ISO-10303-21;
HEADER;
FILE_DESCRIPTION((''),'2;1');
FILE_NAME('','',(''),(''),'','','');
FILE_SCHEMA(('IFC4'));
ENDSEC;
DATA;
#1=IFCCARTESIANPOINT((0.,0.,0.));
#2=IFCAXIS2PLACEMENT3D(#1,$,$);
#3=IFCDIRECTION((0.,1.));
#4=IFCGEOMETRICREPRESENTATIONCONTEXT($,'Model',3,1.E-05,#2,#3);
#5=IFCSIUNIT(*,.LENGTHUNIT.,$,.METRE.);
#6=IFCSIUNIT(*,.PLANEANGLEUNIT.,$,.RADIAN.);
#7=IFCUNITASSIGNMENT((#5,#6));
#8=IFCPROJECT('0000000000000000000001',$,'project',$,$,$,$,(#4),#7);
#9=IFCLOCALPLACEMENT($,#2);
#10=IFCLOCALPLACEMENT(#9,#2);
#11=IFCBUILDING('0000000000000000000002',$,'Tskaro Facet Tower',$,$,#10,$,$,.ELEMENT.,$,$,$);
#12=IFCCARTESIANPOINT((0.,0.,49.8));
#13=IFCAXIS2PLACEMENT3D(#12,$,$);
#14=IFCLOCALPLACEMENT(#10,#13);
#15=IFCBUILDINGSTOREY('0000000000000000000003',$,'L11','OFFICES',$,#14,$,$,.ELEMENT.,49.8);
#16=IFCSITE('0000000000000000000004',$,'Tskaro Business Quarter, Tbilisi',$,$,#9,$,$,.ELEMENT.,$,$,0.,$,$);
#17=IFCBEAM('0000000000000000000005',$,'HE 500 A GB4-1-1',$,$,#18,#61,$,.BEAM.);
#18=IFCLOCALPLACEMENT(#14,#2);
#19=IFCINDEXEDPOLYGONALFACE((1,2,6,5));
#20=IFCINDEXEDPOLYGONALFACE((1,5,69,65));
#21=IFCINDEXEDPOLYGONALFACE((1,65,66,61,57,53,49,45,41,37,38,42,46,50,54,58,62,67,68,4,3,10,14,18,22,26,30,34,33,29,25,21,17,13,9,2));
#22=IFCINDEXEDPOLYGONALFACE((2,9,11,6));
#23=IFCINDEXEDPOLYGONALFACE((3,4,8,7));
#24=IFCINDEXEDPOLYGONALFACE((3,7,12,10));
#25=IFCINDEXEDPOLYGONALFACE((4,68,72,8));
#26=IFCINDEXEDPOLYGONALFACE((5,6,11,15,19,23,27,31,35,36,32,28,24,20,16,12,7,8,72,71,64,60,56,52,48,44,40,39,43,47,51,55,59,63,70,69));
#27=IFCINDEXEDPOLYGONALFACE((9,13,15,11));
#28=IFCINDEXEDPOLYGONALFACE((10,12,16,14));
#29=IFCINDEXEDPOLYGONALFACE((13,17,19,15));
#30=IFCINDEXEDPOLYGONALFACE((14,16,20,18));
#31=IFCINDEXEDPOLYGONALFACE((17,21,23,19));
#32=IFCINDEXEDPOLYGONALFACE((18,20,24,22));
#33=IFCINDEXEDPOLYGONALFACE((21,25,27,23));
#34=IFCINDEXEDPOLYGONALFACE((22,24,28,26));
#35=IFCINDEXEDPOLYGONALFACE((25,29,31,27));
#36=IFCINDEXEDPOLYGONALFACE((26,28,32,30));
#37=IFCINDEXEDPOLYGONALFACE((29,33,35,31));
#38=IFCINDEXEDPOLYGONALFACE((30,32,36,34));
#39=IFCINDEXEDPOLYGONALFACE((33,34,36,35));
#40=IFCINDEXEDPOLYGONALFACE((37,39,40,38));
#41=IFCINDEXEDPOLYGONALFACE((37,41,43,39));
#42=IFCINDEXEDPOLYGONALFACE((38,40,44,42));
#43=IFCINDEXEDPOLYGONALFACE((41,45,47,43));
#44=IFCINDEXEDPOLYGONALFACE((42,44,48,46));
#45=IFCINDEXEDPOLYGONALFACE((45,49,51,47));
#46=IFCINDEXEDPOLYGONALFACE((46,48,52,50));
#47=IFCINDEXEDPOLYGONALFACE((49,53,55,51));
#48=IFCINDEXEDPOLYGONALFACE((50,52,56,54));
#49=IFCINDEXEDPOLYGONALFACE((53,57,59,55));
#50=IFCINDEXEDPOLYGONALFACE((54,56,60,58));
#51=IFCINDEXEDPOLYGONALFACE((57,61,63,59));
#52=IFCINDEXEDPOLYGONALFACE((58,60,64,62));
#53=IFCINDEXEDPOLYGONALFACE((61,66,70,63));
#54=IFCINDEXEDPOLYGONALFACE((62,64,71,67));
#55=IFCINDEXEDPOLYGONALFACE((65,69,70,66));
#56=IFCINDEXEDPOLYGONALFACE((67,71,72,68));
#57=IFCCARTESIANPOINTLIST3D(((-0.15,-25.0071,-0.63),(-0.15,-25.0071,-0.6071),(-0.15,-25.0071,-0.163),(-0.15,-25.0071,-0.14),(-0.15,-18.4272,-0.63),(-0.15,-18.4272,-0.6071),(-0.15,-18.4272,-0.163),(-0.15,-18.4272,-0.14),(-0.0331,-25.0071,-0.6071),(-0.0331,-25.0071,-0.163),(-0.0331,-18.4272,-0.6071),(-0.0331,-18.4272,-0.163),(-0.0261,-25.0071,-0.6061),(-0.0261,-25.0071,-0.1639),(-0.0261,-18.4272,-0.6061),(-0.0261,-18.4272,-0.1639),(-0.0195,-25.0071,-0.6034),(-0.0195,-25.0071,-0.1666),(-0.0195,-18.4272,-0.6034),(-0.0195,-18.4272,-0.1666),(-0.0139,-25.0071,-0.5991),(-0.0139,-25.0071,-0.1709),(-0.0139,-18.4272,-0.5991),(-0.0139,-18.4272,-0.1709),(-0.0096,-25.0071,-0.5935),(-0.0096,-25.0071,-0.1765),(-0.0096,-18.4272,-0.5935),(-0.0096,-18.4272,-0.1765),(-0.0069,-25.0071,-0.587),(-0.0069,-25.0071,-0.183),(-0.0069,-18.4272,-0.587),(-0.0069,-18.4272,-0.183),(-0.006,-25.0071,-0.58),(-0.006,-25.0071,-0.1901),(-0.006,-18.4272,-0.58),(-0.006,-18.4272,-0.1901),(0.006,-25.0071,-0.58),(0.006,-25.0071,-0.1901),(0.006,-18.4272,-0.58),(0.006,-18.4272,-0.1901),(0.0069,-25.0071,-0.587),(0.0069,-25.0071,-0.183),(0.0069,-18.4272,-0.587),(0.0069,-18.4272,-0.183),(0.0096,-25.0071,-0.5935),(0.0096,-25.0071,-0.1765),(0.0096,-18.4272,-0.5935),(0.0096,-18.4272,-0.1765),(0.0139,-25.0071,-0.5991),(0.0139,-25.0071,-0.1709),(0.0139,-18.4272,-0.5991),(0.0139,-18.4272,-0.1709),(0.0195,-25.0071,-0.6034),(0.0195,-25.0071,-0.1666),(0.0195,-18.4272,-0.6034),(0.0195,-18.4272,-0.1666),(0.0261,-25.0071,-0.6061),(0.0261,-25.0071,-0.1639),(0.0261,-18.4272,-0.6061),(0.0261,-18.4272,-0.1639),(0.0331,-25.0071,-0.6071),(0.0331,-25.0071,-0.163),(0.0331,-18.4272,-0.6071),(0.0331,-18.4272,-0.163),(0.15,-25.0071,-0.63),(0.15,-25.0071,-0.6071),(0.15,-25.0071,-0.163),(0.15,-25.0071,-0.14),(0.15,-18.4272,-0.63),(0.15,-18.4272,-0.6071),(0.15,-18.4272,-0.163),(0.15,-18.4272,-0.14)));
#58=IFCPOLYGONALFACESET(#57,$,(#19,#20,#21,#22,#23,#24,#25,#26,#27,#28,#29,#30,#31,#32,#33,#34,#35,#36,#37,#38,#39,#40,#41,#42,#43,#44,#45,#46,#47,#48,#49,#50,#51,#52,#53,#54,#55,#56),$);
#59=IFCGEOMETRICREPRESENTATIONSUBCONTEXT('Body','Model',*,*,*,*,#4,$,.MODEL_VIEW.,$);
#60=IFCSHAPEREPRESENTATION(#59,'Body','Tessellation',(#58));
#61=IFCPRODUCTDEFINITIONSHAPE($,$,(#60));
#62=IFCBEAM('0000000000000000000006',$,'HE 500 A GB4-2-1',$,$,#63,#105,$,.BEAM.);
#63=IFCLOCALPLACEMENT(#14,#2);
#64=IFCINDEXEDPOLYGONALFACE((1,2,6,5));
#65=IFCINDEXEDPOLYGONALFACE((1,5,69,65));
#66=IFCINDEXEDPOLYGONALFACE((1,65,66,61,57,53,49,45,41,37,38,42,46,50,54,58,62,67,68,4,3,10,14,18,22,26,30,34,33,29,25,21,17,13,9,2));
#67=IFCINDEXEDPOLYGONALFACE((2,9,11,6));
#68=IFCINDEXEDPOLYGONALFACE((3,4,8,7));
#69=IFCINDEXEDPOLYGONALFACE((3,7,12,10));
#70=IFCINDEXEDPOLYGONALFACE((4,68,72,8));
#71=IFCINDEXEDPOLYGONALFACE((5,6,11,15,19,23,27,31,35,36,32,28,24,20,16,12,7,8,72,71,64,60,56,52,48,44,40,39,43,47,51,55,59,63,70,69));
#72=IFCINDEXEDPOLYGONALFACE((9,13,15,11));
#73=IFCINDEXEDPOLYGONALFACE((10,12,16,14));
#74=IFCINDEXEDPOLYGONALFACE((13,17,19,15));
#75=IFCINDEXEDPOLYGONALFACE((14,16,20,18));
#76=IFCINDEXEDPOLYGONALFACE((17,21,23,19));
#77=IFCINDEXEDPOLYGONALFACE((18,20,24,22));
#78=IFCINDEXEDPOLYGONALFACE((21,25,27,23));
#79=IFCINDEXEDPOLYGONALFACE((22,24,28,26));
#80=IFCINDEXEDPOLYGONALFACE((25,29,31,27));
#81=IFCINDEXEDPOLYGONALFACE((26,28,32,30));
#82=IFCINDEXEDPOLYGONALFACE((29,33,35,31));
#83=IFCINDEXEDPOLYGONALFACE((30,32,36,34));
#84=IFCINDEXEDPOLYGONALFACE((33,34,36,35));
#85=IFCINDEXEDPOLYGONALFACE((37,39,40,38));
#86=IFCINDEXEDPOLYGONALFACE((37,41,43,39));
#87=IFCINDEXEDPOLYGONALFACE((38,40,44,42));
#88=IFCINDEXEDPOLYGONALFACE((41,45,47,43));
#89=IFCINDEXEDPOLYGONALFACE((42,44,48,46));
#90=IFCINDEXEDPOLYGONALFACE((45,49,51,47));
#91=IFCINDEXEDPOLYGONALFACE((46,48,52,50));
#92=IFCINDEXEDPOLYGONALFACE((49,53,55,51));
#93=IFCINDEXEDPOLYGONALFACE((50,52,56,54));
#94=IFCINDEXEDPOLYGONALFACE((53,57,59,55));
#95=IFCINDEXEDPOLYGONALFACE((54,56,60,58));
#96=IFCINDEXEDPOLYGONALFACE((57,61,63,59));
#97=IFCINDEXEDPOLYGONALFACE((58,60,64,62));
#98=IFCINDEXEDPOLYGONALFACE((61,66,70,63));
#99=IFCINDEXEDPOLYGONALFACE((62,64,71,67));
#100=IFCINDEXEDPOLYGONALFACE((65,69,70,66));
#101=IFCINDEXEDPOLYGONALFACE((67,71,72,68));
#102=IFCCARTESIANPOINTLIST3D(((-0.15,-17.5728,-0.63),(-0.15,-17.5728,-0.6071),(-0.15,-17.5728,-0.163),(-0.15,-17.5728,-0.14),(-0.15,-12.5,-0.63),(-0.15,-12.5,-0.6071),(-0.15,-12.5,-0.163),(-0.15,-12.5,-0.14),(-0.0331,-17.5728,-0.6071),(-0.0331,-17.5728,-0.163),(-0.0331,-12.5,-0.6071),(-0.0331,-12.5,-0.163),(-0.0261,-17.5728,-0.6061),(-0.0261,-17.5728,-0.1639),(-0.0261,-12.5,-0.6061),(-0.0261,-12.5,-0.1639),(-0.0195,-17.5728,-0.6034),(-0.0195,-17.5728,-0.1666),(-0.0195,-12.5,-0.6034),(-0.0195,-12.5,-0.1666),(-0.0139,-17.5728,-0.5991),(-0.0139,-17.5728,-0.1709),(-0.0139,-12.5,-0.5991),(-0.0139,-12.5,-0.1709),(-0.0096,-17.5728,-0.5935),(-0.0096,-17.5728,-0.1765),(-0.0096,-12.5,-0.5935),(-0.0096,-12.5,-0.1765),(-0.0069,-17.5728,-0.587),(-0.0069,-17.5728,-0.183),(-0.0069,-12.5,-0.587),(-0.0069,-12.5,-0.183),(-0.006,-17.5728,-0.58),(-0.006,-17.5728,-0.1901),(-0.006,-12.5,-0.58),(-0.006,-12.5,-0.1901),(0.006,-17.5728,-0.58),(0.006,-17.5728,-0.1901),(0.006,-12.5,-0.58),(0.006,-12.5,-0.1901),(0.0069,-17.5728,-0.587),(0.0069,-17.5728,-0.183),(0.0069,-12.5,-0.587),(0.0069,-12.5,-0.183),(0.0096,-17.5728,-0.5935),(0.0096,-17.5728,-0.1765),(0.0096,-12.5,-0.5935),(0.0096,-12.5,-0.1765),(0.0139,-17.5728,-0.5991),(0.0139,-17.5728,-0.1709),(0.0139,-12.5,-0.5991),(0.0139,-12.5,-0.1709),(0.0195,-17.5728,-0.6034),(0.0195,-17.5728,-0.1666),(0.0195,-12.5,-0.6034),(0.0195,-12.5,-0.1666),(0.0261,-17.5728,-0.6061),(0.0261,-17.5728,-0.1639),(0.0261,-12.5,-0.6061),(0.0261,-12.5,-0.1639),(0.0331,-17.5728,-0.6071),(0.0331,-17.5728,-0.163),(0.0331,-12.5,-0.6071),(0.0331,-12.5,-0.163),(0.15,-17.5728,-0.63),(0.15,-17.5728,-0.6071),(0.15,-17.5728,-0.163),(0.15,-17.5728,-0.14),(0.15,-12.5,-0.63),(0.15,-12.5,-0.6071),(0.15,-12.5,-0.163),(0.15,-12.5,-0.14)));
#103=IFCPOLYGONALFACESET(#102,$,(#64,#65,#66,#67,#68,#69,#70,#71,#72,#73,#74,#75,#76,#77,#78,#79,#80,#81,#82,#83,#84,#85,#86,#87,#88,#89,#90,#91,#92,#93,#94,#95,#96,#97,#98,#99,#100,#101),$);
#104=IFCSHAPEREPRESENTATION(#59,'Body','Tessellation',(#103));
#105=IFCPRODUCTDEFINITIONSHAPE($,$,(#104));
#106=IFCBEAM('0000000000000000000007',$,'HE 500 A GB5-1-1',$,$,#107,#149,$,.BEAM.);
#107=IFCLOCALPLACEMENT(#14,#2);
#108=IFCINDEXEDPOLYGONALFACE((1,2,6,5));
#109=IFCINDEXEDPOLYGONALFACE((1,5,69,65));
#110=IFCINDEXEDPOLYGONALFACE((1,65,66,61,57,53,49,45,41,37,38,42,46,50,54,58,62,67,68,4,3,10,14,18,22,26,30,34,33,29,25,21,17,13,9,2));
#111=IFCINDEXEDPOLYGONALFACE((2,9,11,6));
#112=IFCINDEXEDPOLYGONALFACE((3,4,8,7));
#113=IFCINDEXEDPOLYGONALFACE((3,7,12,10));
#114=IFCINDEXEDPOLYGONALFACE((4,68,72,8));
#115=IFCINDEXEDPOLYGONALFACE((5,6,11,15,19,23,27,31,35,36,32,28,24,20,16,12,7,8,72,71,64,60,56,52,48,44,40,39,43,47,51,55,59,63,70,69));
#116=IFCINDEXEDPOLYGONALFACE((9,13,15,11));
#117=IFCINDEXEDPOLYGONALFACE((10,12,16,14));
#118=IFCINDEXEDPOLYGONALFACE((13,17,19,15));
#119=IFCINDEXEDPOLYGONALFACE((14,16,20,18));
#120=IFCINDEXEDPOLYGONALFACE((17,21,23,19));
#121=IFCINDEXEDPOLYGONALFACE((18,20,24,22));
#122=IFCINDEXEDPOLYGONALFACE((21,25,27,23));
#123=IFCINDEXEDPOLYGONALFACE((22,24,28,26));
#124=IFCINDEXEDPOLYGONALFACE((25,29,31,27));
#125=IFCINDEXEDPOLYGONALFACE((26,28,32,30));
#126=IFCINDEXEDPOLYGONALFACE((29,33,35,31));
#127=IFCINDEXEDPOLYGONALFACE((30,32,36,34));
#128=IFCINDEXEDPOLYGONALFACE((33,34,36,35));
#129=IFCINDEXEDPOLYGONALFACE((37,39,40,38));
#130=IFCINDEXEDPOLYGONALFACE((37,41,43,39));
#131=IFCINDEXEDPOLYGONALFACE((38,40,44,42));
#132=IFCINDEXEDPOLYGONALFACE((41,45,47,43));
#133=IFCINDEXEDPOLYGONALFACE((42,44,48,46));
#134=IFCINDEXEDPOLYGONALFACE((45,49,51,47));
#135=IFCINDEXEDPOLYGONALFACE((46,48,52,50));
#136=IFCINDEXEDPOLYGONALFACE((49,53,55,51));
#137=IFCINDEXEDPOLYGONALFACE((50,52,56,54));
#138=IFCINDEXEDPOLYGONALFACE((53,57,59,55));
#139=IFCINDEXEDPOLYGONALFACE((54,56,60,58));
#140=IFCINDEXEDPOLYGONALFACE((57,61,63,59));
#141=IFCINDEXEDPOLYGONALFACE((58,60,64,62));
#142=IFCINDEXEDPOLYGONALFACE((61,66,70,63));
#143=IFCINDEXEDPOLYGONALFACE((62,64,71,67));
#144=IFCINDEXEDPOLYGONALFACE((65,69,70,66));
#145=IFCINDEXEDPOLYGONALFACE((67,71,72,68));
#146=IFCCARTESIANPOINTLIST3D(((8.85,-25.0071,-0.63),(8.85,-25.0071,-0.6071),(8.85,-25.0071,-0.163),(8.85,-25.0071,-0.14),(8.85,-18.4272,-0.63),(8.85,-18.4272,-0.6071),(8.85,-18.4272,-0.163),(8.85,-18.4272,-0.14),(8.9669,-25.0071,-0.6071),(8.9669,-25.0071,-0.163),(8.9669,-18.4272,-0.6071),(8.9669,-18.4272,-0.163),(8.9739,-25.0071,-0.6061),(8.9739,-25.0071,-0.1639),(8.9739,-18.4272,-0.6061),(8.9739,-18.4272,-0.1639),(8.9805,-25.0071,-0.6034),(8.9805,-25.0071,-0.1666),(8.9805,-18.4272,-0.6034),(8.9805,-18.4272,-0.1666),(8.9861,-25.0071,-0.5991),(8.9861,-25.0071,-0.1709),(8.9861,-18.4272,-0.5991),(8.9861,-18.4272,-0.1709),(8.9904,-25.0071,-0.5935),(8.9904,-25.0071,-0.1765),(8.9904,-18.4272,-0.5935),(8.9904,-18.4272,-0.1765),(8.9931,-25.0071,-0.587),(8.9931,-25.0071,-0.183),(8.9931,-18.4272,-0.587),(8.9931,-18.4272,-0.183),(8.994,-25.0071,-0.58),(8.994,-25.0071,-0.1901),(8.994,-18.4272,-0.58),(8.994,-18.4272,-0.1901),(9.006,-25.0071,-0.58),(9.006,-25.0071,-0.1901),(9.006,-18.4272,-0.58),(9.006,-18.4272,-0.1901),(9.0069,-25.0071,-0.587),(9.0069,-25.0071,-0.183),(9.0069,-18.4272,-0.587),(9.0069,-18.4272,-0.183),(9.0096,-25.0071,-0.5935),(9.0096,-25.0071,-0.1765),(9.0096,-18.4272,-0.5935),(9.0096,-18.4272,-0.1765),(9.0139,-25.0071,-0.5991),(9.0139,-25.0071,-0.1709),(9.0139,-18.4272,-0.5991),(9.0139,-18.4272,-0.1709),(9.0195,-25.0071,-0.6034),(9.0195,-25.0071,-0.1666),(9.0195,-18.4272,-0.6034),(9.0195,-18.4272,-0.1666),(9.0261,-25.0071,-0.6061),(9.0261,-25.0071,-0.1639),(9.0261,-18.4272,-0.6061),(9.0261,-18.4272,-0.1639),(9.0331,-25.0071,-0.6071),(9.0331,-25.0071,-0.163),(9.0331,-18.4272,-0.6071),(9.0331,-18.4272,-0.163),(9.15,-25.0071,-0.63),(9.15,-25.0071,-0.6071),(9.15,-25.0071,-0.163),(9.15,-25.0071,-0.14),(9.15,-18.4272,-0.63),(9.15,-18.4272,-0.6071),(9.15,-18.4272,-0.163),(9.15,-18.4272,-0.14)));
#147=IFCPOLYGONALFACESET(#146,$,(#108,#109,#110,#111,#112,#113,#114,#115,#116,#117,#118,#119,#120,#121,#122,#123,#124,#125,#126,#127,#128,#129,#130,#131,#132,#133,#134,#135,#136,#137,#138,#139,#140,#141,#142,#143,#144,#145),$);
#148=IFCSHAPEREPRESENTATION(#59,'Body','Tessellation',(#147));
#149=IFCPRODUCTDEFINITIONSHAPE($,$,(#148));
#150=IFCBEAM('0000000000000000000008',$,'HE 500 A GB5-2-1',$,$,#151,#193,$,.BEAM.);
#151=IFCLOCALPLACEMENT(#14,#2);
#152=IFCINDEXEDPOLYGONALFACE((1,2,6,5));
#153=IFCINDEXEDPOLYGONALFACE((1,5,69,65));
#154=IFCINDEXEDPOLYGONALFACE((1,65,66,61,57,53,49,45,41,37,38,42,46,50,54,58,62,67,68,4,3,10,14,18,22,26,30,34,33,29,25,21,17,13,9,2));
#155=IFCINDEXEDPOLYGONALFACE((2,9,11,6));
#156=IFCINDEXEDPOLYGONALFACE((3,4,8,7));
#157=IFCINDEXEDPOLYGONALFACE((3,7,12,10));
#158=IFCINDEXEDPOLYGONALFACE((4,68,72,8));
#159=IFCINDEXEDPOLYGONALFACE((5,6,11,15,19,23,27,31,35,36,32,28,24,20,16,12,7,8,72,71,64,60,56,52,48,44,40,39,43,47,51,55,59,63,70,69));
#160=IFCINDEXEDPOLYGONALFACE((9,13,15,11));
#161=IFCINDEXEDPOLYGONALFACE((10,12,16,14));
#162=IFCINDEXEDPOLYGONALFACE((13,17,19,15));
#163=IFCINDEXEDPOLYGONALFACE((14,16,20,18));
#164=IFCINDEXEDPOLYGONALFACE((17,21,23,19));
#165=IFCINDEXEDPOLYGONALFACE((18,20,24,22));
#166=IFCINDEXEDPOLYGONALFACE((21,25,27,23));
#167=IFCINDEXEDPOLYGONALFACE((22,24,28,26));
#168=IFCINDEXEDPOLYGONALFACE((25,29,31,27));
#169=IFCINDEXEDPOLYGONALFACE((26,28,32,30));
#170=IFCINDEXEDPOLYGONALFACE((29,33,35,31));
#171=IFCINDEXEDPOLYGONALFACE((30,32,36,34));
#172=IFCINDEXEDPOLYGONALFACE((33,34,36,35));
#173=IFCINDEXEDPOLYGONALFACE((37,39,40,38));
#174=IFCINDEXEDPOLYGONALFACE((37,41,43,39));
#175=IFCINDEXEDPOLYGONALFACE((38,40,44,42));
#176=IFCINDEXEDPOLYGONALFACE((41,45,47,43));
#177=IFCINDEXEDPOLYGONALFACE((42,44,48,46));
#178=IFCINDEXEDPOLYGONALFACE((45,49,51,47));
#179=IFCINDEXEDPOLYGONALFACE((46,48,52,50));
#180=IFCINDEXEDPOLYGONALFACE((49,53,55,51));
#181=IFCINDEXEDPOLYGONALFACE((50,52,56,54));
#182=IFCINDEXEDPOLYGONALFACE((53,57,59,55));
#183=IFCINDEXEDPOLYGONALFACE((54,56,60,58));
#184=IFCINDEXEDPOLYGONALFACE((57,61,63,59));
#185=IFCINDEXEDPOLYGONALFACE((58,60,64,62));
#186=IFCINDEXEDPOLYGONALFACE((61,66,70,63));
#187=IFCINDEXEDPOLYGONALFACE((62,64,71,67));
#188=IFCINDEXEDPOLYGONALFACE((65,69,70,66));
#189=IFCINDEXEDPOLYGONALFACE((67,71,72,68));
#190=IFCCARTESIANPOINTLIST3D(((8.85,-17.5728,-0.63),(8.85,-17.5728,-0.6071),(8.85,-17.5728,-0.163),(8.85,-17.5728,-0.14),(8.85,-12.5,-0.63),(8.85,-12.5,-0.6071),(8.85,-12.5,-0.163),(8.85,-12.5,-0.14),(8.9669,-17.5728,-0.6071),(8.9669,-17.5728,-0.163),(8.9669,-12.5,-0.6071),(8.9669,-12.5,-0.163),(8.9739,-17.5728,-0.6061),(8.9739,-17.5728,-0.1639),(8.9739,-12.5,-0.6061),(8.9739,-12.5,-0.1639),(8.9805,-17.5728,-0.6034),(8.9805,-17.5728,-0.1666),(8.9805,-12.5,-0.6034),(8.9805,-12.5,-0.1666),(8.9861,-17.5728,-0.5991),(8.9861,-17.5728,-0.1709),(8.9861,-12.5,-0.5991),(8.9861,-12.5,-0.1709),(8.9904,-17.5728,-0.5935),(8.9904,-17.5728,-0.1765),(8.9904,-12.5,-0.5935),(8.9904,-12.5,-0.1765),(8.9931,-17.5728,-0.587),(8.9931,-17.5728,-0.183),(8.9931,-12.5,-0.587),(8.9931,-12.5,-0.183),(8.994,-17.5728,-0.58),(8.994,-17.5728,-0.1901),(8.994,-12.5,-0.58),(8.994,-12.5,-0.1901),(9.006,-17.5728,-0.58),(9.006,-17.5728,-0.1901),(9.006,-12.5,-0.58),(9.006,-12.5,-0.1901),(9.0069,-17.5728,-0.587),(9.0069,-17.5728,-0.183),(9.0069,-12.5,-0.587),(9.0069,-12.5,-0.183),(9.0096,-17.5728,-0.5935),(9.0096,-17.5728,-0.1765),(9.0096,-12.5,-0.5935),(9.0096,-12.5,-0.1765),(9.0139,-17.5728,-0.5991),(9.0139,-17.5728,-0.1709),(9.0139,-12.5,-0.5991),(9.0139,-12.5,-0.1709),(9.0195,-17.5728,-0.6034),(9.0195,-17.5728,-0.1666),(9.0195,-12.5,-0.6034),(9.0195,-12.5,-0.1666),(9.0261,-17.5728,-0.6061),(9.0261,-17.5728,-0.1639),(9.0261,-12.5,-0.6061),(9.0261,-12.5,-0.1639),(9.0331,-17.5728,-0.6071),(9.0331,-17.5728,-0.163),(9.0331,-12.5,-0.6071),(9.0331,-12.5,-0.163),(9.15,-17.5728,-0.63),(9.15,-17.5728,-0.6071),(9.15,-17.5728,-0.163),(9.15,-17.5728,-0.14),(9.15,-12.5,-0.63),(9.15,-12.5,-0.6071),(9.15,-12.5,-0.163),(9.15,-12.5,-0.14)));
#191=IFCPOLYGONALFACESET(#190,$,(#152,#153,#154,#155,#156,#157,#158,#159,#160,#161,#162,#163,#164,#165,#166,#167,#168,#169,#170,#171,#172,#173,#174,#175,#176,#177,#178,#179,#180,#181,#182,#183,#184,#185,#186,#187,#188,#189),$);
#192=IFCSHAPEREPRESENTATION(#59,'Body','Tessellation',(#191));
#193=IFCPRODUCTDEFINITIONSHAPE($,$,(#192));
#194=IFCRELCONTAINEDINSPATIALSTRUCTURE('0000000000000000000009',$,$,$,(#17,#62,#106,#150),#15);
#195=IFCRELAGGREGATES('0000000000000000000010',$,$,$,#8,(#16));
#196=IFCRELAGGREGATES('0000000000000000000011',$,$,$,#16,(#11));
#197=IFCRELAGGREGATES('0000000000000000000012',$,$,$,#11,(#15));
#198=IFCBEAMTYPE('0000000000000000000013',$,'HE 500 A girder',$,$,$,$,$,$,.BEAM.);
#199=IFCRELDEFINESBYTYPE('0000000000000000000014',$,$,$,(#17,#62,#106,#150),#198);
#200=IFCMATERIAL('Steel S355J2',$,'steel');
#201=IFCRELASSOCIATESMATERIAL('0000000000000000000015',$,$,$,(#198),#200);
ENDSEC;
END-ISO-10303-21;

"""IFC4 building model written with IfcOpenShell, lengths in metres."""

from ifc_helpers import new_model, si_unit, direction, frame, origin, origin_2d, place, context, subcontext, project, spatial, i_section, extrude, material, material_profile, profile_set, type_object, element, save


model = new_model("IFC4")

# Units and contexts
model_context = context("Model", 3, precision=1e-05, world=origin(), true_north=direction((0.0, 1.0)))
body_context = subcontext(model_context, "Body", "Model", "MODEL_VIEW")
ifc_project = project(units=[si_unit("LENGTHUNIT", "METRE"), si_unit("PLANEANGLEUNIT", "RADIAN")], contexts=[model_context])

# Site, building, storey
site_placement = place(None, origin())
site = spatial("IfcSite", under=ifc_project, at=site_placement, Name="Tskaro Business Quarter, Tbilisi", CompositionType="ELEMENT", RefElevation=0.0)
building_placement = place(site_placement, origin())
building = spatial("IfcBuilding", under=site, at=building_placement, Name="Tskaro Facet Tower", CompositionType="ELEMENT")
storey_placement = place(building_placement, frame((0.0, 0.0, 49.8)))
storey = spatial("IfcBuildingStorey", under=building, at=storey_placement, Name="L11", Description="OFFICES", CompositionType="ELEMENT", Elevation=49.8)

# Beams
ifc_material_1 = material(Name="Steel S355J2", Category="steel")
ifc_material_profile_1 = material_profile(ifc_material_1, i_section(OverallWidth=0.3, OverallDepth=0.49, WebThickness=0.012, FlangeThickness=0.0229, FilletRadius=0.0271, at=origin_2d()), Name="HE 500 A")
ifc_profile_set_1 = profile_set([ifc_material_profile_1], Name="Steel S355J2")
beam_type_1 = type_object("IfcBeamType", Name="HE 500 A girder", PredefinedType="BEAM", material=ifc_profile_set_1)
beam_1_placement = place(storey_placement, frame((0.0, -25.0071, -0.385), z_axis=(0.0, 1.0, 0.0), x_axis=(-1.0, 0.0, 0.0)))
element("IfcBeam", 1, at=beam_1_placement, inside=storey, type_object=beam_type_1, Name="HE 500 A GB4-1-1", PredefinedType="BEAM", context=body_context, shape_type="SweptSolid", body=[
    extrude(i_section(OverallWidth=0.3, OverallDepth=0.49, WebThickness=0.012, FlangeThickness=0.0229, FilletRadius=0.0271, at=origin_2d()), origin(), (0.0, 0.0, 1.0), 6.5798),
])
beam_2_placement = place(storey_placement, frame((0.0, -17.5728, -0.385), z_axis=(0.0, 1.0, 0.0), x_axis=(-1.0, 0.0, 0.0)))
element("IfcBeam", 2, at=beam_2_placement, inside=storey, type_object=beam_type_1, Name="HE 500 A GB4-2-1", PredefinedType="BEAM", context=body_context, shape_type="SweptSolid", body=[
    extrude(i_section(OverallWidth=0.3, OverallDepth=0.49, WebThickness=0.012, FlangeThickness=0.0229, FilletRadius=0.0271, at=origin_2d()), origin(), (0.0, 0.0, 1.0), 5.0728),
])
beam_3_placement = place(storey_placement, frame((9.0, -25.0071, -0.385), z_axis=(0.0, 1.0, 0.0), x_axis=(-1.0, 0.0, 0.0)))
element("IfcBeam", 3, at=beam_3_placement, inside=storey, type_object=beam_type_1, Name="HE 500 A GB5-1-1", PredefinedType="BEAM", context=body_context, shape_type="SweptSolid", body=[
    extrude(i_section(OverallWidth=0.3, OverallDepth=0.49, WebThickness=0.012, FlangeThickness=0.0229, FilletRadius=0.0271, at=origin_2d()), origin(), (0.0, 0.0, 1.0), 6.5798),
])
beam_4_placement = place(storey_placement, frame((9.0, -17.5728, -0.385), z_axis=(0.0, 1.0, 0.0), x_axis=(-1.0, 0.0, 0.0)))
element("IfcBeam", 4, at=beam_4_placement, inside=storey, type_object=beam_type_1, Name="HE 500 A GB5-2-1", PredefinedType="BEAM", context=body_context, shape_type="SweptSolid", body=[
    extrude(i_section(OverallWidth=0.3, OverallDepth=0.49, WebThickness=0.012, FlangeThickness=0.0229, FilletRadius=0.0271, at=origin_2d()), origin(), (0.0, 0.0, 1.0), 5.0728),
])

save(model, "model.ifc")
